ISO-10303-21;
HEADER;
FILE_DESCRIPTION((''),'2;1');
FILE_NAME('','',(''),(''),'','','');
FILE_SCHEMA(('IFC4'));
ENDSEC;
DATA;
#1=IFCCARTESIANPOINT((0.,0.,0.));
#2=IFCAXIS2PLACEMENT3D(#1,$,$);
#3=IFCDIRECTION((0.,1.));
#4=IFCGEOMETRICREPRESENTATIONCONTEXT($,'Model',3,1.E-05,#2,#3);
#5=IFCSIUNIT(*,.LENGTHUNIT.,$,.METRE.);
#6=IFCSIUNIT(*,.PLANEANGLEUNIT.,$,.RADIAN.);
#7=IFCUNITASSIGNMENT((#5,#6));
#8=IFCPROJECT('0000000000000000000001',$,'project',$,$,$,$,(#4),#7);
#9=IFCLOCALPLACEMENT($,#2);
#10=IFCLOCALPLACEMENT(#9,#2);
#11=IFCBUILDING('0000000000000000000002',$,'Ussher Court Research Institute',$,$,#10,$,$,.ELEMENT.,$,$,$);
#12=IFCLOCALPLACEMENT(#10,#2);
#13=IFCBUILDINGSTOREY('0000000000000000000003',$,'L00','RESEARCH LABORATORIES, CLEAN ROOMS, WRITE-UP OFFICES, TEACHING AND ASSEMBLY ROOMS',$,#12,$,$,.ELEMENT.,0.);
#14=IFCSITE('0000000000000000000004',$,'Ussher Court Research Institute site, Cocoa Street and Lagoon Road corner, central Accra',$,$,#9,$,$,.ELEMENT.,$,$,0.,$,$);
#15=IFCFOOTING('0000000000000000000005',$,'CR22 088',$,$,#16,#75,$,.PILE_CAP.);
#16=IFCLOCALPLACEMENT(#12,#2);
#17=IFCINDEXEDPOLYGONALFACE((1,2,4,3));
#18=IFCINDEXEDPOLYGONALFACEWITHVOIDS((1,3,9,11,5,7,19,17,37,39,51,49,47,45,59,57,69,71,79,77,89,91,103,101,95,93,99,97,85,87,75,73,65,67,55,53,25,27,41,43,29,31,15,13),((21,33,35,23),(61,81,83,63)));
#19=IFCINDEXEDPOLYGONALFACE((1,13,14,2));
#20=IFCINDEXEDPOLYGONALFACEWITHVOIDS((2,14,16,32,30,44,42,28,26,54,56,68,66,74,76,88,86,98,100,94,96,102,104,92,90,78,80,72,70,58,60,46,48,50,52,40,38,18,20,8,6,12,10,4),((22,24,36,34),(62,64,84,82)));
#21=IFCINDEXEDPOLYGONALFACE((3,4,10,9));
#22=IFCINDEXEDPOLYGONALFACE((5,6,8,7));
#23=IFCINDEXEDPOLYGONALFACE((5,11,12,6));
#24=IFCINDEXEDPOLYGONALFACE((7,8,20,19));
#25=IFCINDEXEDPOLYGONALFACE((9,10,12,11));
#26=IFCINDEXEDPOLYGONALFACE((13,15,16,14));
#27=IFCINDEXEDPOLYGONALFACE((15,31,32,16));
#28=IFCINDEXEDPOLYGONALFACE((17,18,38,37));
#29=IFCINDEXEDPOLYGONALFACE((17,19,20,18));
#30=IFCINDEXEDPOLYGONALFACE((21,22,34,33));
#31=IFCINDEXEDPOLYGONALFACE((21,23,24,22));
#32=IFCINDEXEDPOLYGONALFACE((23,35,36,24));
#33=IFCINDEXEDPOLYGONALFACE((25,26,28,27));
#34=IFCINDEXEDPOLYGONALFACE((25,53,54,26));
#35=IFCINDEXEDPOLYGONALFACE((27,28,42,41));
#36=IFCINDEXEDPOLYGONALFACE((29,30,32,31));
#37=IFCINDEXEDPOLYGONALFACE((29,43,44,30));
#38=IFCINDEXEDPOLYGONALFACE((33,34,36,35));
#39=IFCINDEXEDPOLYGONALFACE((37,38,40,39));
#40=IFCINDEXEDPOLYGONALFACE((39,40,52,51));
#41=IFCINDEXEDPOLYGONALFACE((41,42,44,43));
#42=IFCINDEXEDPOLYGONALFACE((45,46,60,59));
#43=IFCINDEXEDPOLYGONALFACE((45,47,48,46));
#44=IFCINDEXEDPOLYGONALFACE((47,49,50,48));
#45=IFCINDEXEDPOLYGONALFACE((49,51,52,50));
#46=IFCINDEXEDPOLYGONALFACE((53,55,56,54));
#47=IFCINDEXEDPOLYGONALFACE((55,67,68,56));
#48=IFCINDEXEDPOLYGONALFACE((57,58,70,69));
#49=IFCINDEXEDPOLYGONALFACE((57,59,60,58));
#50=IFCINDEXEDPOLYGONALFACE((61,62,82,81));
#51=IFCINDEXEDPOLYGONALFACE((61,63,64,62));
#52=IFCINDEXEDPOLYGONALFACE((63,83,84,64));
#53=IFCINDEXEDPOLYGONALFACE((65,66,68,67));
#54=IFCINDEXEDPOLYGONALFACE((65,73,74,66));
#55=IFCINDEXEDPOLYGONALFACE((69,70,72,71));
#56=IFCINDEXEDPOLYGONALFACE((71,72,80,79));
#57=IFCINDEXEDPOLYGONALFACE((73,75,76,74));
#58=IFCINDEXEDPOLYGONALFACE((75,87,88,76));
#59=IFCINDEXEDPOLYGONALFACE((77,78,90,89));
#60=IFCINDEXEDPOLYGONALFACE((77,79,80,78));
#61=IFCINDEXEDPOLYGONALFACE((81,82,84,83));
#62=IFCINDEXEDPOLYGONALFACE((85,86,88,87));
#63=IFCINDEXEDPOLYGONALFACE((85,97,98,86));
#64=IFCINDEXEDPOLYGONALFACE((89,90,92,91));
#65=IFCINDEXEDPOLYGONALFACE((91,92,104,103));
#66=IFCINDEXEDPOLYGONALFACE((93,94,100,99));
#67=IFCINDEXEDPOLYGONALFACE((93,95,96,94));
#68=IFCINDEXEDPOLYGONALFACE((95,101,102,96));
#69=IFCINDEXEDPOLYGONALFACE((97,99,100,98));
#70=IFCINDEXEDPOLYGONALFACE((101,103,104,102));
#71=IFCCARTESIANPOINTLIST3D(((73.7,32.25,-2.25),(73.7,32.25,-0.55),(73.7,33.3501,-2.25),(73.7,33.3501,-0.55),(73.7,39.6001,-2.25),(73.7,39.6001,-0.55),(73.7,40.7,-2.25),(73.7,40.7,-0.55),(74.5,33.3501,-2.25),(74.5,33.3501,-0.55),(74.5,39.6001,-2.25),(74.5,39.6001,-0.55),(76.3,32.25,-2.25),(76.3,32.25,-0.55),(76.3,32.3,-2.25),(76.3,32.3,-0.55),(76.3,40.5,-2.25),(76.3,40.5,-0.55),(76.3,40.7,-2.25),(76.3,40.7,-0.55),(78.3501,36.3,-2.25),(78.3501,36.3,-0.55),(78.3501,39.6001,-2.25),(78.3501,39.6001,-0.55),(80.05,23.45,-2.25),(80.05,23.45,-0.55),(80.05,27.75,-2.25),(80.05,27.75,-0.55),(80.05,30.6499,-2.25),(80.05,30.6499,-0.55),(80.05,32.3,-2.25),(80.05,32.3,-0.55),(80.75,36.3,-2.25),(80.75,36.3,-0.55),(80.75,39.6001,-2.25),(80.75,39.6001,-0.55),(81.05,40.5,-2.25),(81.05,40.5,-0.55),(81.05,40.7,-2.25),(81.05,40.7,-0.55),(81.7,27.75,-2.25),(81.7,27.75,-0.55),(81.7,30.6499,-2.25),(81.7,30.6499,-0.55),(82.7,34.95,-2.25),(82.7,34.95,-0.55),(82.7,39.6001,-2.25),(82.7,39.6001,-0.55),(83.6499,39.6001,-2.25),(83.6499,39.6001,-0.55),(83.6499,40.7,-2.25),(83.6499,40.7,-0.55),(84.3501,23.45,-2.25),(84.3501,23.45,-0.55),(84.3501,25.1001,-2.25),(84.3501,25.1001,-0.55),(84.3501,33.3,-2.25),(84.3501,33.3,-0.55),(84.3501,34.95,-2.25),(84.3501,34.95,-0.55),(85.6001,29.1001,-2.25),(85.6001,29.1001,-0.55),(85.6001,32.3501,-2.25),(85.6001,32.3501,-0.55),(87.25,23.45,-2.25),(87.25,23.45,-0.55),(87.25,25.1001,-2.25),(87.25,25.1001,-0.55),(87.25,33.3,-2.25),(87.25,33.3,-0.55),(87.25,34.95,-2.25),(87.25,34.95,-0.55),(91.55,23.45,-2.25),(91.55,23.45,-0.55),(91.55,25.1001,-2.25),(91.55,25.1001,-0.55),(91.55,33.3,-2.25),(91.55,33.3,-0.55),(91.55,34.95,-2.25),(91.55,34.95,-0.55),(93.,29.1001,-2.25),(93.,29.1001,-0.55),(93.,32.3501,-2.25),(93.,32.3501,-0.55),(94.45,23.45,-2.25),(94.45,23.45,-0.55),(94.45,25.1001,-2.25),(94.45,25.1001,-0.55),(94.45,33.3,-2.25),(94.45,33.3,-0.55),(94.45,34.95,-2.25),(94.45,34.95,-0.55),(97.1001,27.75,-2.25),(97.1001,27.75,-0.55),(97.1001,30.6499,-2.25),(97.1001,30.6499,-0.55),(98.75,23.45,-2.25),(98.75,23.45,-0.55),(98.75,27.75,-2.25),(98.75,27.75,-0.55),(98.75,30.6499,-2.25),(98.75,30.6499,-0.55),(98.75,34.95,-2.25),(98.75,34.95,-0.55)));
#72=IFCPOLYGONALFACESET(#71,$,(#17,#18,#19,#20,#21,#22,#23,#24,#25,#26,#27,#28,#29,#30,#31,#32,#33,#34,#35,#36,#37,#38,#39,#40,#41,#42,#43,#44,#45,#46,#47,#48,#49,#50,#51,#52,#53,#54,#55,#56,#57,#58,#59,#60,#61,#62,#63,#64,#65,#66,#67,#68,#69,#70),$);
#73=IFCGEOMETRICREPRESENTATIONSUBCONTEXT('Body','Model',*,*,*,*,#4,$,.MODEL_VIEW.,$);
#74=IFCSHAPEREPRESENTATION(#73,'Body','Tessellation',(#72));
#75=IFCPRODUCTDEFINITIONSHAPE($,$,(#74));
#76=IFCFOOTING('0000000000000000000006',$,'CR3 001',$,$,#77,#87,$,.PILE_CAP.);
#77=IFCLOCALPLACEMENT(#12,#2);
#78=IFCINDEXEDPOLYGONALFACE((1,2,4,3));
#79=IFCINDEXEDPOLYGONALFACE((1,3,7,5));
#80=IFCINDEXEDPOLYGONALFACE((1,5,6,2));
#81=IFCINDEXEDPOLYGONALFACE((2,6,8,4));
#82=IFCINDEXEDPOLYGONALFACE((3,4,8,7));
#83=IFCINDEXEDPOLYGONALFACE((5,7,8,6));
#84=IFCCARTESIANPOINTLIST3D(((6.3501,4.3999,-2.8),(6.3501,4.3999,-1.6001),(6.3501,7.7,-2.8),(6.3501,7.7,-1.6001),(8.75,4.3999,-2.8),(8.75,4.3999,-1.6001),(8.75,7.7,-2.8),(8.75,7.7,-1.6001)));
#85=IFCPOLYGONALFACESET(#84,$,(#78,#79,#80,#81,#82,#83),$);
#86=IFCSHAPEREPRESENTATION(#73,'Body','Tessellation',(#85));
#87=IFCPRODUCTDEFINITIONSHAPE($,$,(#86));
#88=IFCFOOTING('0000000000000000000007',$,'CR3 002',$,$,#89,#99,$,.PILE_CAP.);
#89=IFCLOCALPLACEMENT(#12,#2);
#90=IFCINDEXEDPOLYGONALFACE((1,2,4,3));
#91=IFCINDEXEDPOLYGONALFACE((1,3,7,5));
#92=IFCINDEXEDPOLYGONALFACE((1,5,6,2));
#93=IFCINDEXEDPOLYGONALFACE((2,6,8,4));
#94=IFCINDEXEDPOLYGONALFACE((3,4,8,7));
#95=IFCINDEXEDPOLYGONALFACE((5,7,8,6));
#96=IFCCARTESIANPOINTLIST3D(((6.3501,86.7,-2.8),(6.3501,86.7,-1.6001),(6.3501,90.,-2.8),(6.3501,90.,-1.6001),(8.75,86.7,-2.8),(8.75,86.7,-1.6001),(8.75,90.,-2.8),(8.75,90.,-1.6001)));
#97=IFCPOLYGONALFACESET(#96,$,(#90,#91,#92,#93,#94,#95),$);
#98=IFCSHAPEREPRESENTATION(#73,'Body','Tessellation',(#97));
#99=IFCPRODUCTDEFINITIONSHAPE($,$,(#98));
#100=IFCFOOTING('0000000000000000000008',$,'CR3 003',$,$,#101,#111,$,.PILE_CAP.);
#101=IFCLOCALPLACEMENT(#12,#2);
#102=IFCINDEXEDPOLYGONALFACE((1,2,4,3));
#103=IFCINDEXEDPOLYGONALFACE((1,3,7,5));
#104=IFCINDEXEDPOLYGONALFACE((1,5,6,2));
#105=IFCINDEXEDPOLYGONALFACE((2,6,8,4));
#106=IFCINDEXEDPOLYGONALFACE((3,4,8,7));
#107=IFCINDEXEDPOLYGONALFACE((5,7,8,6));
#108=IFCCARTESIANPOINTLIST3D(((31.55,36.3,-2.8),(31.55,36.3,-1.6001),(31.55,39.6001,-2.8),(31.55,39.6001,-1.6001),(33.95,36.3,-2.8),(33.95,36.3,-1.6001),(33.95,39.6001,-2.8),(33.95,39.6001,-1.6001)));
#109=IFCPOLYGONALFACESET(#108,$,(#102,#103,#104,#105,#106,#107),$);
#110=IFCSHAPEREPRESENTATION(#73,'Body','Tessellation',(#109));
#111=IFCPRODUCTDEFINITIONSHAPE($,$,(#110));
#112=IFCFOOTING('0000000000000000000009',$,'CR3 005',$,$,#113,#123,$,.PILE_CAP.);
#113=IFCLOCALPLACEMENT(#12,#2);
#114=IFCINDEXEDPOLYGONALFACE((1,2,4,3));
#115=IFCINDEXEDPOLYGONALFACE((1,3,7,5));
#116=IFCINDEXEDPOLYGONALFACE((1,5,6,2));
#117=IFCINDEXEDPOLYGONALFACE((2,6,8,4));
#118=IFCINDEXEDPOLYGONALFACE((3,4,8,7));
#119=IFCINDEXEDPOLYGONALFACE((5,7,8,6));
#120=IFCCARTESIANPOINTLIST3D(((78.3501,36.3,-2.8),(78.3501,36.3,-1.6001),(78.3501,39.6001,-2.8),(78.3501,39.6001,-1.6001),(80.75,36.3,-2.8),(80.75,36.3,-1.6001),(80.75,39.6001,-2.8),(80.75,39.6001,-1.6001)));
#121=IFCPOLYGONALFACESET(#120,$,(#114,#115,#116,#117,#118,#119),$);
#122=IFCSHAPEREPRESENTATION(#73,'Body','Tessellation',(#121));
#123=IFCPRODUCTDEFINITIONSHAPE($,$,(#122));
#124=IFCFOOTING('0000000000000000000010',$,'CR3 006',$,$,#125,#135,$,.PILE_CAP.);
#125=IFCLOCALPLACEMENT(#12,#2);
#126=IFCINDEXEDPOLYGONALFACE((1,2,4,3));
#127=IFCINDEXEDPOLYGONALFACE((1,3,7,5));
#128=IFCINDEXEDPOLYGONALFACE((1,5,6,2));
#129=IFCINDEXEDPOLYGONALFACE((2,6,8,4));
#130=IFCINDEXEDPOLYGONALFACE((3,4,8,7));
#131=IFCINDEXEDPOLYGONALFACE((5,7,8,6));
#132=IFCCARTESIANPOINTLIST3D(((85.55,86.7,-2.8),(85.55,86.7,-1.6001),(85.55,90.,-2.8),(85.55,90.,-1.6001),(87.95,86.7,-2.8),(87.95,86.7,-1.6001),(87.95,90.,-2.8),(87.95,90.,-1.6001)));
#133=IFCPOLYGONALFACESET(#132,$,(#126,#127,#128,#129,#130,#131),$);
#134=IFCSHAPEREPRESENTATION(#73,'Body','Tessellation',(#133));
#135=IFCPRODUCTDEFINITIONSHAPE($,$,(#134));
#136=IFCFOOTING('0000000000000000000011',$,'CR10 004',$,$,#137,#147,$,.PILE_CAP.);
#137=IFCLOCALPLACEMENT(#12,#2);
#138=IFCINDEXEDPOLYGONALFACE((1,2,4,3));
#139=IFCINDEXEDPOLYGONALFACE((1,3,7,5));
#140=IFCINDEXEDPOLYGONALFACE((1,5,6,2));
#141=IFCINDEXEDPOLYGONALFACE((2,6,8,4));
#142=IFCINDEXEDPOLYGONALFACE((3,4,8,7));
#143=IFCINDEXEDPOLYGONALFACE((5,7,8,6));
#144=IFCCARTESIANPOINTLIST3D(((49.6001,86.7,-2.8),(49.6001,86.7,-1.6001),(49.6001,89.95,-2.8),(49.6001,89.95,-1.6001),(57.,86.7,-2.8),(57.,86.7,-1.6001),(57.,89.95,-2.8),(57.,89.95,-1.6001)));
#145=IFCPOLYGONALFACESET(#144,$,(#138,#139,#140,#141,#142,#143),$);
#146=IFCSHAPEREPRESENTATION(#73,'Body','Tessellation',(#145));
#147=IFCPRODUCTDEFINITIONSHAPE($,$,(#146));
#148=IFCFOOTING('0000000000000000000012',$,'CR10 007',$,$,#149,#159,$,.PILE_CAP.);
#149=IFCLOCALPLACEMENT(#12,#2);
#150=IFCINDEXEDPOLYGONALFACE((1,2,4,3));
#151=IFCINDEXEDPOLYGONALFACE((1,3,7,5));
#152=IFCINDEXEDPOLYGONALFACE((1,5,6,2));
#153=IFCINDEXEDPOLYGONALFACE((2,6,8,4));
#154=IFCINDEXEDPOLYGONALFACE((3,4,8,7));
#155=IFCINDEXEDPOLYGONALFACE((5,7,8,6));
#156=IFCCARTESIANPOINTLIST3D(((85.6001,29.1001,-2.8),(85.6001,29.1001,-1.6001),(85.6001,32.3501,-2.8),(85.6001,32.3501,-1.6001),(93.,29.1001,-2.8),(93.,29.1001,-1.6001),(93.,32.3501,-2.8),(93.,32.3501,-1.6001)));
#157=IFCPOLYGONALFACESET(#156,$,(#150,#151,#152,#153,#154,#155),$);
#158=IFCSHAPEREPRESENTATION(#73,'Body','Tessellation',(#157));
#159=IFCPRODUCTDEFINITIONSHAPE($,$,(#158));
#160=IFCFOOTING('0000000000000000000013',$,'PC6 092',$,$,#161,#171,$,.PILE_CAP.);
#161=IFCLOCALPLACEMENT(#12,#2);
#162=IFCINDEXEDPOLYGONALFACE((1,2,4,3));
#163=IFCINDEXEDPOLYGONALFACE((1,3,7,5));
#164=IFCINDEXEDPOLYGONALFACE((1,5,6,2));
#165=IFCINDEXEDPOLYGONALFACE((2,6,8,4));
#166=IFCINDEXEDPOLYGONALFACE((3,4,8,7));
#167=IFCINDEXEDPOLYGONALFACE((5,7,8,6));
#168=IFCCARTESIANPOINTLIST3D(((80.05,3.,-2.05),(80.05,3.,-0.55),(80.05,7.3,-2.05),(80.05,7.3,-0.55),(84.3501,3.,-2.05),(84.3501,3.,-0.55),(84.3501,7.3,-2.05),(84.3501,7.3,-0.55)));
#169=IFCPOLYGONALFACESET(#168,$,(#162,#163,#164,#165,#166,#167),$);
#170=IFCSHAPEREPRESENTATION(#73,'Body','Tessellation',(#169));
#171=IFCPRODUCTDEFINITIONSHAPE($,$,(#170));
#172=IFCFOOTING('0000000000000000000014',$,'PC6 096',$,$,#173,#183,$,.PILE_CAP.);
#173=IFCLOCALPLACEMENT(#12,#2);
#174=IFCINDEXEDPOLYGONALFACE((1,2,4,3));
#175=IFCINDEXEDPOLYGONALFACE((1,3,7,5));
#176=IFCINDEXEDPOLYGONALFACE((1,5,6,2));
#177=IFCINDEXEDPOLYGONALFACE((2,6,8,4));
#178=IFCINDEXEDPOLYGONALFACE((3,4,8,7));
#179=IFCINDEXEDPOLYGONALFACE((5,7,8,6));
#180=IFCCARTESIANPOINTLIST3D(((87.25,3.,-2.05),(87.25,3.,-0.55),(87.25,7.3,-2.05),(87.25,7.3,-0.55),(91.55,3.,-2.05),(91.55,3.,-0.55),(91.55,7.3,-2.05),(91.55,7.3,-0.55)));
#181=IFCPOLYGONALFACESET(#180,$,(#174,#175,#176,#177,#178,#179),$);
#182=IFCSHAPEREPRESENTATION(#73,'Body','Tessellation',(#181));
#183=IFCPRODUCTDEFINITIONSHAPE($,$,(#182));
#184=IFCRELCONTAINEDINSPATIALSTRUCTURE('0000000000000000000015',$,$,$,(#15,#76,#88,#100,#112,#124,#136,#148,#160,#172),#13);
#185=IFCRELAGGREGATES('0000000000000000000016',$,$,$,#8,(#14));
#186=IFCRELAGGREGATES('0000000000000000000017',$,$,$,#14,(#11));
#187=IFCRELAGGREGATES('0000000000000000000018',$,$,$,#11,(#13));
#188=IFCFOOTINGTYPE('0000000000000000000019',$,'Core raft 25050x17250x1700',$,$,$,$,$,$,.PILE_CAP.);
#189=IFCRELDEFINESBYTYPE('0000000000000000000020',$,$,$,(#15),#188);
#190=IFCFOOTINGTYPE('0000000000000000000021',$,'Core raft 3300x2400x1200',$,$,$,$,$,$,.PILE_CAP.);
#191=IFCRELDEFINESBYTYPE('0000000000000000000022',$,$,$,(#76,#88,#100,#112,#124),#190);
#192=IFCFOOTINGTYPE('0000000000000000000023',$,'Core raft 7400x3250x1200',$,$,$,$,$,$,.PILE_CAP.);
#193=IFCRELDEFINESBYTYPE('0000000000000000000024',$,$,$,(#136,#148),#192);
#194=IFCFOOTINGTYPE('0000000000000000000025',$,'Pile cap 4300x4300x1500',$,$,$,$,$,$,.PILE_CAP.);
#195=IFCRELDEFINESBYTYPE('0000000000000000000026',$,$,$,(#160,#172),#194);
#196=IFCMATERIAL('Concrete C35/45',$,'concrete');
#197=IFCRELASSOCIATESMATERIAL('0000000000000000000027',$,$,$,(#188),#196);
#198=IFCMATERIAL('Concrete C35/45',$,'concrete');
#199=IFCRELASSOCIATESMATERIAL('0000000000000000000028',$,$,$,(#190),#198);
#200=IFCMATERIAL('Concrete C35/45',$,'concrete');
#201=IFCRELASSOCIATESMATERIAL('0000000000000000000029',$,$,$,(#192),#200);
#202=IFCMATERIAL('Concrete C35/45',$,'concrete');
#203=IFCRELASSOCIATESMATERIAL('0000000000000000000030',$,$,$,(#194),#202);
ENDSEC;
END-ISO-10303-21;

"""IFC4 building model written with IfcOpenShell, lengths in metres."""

from ifc_helpers import new_model, si_unit, direction, frame, origin, place, context, subcontext, project, spatial, polyline, outline, extrude, material, type_object, element, save


model = new_model("IFC4")

# Units and contexts
model_context = context("Model", 3, precision=1e-05, world=origin(), true_north=direction((0.0, 1.0)))
body_context = subcontext(model_context, "Body", "Model", "MODEL_VIEW")
ifc_project = project(units=[si_unit("LENGTHUNIT", "METRE"), si_unit("PLANEANGLEUNIT", "RADIAN")], contexts=[model_context])

# Site, building, storey
site_placement = place(None, origin())
site = spatial("IfcSite", under=ifc_project, at=site_placement, Name="Ussher Court Research Institute site, Cocoa Street and Lagoon Road corner, central Accra", CompositionType="ELEMENT", RefElevation=0.0)
building_placement = place(site_placement, origin())
building = spatial("IfcBuilding", under=site, at=building_placement, Name="Ussher Court Research Institute", CompositionType="ELEMENT")
storey_placement = place(building_placement, origin())
storey = spatial("IfcBuildingStorey", under=building, at=storey_placement, Name="L00", Description="RESEARCH LABORATORIES, CLEAN ROOMS, WRITE-UP OFFICES, TEACHING AND ASSEMBLY ROOMS", CompositionType="ELEMENT", Elevation=0.0)

# Footings
ifc_material_1 = material(Name="Concrete C35/45", Category="concrete")
footing_type_1 = type_object("IfcFootingType", Name="Core raft 25050x17250x1700", PredefinedType="PILE_CAP", material=ifc_material_1)
footing_1_placement = place(storey_placement, frame((0.0, 0.0, -2.25)))
element("IfcFooting", 1, at=footing_1_placement, inside=storey, type_object=footing_type_1, Name="CR22 088", PredefinedType="PILE_CAP", context=body_context, shape_type="SweptSolid", body=[
    extrude(outline(polyline([(73.7, 33.3501), (73.7, 32.25), (76.3, 32.25), (76.3, 32.3), (80.05, 32.3), (80.05, 30.6499), (81.7, 30.6499), (81.7, 27.75), (80.05, 27.75), (80.05, 23.45), (84.3501, 23.45), (84.3501, 25.1001), (87.25, 25.1001), (87.25, 23.45), (91.55, 23.45), (91.55, 25.1001), (94.45, 25.1001), (94.45, 23.45), (98.75, 23.45), (98.75, 27.75), (97.1001, 27.75), (97.1001, 30.6499), (98.75, 30.6499), (98.75, 34.95), (94.45, 34.95), (94.45, 33.3), (91.55, 33.3), (91.55, 34.95), (87.25, 34.95), (87.25, 33.3), (84.3501, 33.3), (84.3501, 34.95), (82.7, 34.95), (82.7, 39.6001), (83.6499, 39.6001), (83.6499, 40.7), (81.05, 40.7), (81.05, 40.5), (76.3, 40.5), (76.3, 40.7), (73.7, 40.7), (73.7, 39.6001), (74.5, 39.6001), (74.5, 33.3501), (73.7, 33.3501)]), holes=[polyline([(93.0, 29.1001), (85.6001, 29.1001), (85.6001, 32.3501), (93.0, 32.3501), (93.0, 29.1001)]), polyline([(80.75, 36.3), (78.3501, 36.3), (78.3501, 39.6001), (80.75, 39.6001), (80.75, 36.3)])]), origin(), (0.0, 0.0, 1.0), 1.7),
])
ifc_material_2 = material(Name="Concrete C35/45", Category="concrete")
footing_type_2 = type_object("IfcFootingType", Name="Core raft 3300x2400x1200", PredefinedType="PILE_CAP", material=ifc_material_2)
footing_2_placement = place(storey_placement, frame((0.0, 0.0, -2.8)))
element("IfcFooting", 2, at=footing_2_placement, inside=storey, type_object=footing_type_2, Name="CR3 001", PredefinedType="PILE_CAP", context=body_context, shape_type="SweptSolid", body=[
    extrude(outline(polyline([(8.75, 4.3999), (8.75, 7.7), (6.3501, 7.7), (6.3501, 4.3999), (8.75, 4.3999)])), origin(), (0.0, 0.0, 1.0), 1.2),
])
footing_3_placement = place(storey_placement, frame((0.0, 0.0, -2.8)))
element("IfcFooting", 3, at=footing_3_placement, inside=storey, type_object=footing_type_2, Name="CR3 002", PredefinedType="PILE_CAP", context=body_context, shape_type="SweptSolid", body=[
    extrude(outline(polyline([(8.75, 86.7), (8.75, 90.0), (6.3501, 90.0), (6.3501, 86.7), (8.75, 86.7)])), origin(), (0.0, 0.0, 1.0), 1.2),
])
footing_4_placement = place(storey_placement, frame((0.0, 0.0, -2.8)))
element("IfcFooting", 4, at=footing_4_placement, inside=storey, type_object=footing_type_2, Name="CR3 003", PredefinedType="PILE_CAP", context=body_context, shape_type="SweptSolid", body=[
    extrude(outline(polyline([(33.95, 36.3), (33.95, 39.6001), (31.55, 39.6001), (31.55, 36.3), (33.95, 36.3)])), origin(), (0.0, 0.0, 1.0), 1.2),
])
footing_5_placement = place(storey_placement, frame((0.0, 0.0, -2.8)))
element("IfcFooting", 5, at=footing_5_placement, inside=storey, type_object=footing_type_2, Name="CR3 005", PredefinedType="PILE_CAP", context=body_context, shape_type="SweptSolid", body=[
    extrude(outline(polyline([(80.75, 36.3), (80.75, 39.6001), (78.3501, 39.6001), (78.3501, 36.3), (80.75, 36.3)])), origin(), (0.0, 0.0, 1.0), 1.2),
])
footing_6_placement = place(storey_placement, frame((0.0, 0.0, -2.8)))
element("IfcFooting", 6, at=footing_6_placement, inside=storey, type_object=footing_type_2, Name="CR3 006", PredefinedType="PILE_CAP", context=body_context, shape_type="SweptSolid", body=[
    extrude(outline(polyline([(87.95, 86.7), (87.95, 90.0), (85.55, 90.0), (85.55, 86.7), (87.95, 86.7)])), origin(), (0.0, 0.0, 1.0), 1.2),
])
ifc_material_3 = material(Name="Concrete C35/45", Category="concrete")
footing_type_3 = type_object("IfcFootingType", Name="Core raft 7400x3250x1200", PredefinedType="PILE_CAP", material=ifc_material_3)
footing_7_placement = place(storey_placement, frame((0.0, 0.0, -2.8)))
element("IfcFooting", 7, at=footing_7_placement, inside=storey, type_object=footing_type_3, Name="CR10 004", PredefinedType="PILE_CAP", context=body_context, shape_type="SweptSolid", body=[
    extrude(outline(polyline([(57.0, 86.7), (57.0, 89.95), (49.6001, 89.95), (49.6001, 86.7), (57.0, 86.7)])), origin(), (0.0, 0.0, 1.0), 1.2),
])
footing_8_placement = place(storey_placement, frame((0.0, 0.0, -2.8)))
element("IfcFooting", 8, at=footing_8_placement, inside=storey, type_object=footing_type_3, Name="CR10 007", PredefinedType="PILE_CAP", context=body_context, shape_type="SweptSolid", body=[
    extrude(outline(polyline([(93.0, 29.1001), (93.0, 32.3501), (85.6001, 32.3501), (85.6001, 29.1001), (93.0, 29.1001)])), origin(), (0.0, 0.0, 1.0), 1.2),
])
ifc_material_4 = material(Name="Concrete C35/45", Category="concrete")
footing_type_4 = type_object("IfcFootingType", Name="Pile cap 4300x4300x1500", PredefinedType="PILE_CAP", material=ifc_material_4)
footing_9_placement = place(storey_placement, frame((0.0, 0.0, -2.05)))
element("IfcFooting", 9, at=footing_9_placement, inside=storey, type_object=footing_type_4, Name="PC6 092", PredefinedType="PILE_CAP", context=body_context, shape_type="SweptSolid", body=[
    extrude(outline(polyline([(80.05, 3.0), (84.3501, 3.0), (84.3501, 7.3), (80.05, 7.3), (80.05, 3.0)])), origin(), (0.0, 0.0, 1.0), 1.5),
])
footing_10_placement = place(storey_placement, frame((0.0, 0.0, -2.05)))
element("IfcFooting", 10, at=footing_10_placement, inside=storey, type_object=footing_type_4, Name="PC6 096", PredefinedType="PILE_CAP", context=body_context, shape_type="SweptSolid", body=[
    extrude(outline(polyline([(87.25, 3.0), (91.55, 3.0), (91.55, 7.3), (87.25, 7.3), (87.25, 3.0)])), origin(), (0.0, 0.0, 1.0), 1.5),
])

save(model, "model.ifc")
